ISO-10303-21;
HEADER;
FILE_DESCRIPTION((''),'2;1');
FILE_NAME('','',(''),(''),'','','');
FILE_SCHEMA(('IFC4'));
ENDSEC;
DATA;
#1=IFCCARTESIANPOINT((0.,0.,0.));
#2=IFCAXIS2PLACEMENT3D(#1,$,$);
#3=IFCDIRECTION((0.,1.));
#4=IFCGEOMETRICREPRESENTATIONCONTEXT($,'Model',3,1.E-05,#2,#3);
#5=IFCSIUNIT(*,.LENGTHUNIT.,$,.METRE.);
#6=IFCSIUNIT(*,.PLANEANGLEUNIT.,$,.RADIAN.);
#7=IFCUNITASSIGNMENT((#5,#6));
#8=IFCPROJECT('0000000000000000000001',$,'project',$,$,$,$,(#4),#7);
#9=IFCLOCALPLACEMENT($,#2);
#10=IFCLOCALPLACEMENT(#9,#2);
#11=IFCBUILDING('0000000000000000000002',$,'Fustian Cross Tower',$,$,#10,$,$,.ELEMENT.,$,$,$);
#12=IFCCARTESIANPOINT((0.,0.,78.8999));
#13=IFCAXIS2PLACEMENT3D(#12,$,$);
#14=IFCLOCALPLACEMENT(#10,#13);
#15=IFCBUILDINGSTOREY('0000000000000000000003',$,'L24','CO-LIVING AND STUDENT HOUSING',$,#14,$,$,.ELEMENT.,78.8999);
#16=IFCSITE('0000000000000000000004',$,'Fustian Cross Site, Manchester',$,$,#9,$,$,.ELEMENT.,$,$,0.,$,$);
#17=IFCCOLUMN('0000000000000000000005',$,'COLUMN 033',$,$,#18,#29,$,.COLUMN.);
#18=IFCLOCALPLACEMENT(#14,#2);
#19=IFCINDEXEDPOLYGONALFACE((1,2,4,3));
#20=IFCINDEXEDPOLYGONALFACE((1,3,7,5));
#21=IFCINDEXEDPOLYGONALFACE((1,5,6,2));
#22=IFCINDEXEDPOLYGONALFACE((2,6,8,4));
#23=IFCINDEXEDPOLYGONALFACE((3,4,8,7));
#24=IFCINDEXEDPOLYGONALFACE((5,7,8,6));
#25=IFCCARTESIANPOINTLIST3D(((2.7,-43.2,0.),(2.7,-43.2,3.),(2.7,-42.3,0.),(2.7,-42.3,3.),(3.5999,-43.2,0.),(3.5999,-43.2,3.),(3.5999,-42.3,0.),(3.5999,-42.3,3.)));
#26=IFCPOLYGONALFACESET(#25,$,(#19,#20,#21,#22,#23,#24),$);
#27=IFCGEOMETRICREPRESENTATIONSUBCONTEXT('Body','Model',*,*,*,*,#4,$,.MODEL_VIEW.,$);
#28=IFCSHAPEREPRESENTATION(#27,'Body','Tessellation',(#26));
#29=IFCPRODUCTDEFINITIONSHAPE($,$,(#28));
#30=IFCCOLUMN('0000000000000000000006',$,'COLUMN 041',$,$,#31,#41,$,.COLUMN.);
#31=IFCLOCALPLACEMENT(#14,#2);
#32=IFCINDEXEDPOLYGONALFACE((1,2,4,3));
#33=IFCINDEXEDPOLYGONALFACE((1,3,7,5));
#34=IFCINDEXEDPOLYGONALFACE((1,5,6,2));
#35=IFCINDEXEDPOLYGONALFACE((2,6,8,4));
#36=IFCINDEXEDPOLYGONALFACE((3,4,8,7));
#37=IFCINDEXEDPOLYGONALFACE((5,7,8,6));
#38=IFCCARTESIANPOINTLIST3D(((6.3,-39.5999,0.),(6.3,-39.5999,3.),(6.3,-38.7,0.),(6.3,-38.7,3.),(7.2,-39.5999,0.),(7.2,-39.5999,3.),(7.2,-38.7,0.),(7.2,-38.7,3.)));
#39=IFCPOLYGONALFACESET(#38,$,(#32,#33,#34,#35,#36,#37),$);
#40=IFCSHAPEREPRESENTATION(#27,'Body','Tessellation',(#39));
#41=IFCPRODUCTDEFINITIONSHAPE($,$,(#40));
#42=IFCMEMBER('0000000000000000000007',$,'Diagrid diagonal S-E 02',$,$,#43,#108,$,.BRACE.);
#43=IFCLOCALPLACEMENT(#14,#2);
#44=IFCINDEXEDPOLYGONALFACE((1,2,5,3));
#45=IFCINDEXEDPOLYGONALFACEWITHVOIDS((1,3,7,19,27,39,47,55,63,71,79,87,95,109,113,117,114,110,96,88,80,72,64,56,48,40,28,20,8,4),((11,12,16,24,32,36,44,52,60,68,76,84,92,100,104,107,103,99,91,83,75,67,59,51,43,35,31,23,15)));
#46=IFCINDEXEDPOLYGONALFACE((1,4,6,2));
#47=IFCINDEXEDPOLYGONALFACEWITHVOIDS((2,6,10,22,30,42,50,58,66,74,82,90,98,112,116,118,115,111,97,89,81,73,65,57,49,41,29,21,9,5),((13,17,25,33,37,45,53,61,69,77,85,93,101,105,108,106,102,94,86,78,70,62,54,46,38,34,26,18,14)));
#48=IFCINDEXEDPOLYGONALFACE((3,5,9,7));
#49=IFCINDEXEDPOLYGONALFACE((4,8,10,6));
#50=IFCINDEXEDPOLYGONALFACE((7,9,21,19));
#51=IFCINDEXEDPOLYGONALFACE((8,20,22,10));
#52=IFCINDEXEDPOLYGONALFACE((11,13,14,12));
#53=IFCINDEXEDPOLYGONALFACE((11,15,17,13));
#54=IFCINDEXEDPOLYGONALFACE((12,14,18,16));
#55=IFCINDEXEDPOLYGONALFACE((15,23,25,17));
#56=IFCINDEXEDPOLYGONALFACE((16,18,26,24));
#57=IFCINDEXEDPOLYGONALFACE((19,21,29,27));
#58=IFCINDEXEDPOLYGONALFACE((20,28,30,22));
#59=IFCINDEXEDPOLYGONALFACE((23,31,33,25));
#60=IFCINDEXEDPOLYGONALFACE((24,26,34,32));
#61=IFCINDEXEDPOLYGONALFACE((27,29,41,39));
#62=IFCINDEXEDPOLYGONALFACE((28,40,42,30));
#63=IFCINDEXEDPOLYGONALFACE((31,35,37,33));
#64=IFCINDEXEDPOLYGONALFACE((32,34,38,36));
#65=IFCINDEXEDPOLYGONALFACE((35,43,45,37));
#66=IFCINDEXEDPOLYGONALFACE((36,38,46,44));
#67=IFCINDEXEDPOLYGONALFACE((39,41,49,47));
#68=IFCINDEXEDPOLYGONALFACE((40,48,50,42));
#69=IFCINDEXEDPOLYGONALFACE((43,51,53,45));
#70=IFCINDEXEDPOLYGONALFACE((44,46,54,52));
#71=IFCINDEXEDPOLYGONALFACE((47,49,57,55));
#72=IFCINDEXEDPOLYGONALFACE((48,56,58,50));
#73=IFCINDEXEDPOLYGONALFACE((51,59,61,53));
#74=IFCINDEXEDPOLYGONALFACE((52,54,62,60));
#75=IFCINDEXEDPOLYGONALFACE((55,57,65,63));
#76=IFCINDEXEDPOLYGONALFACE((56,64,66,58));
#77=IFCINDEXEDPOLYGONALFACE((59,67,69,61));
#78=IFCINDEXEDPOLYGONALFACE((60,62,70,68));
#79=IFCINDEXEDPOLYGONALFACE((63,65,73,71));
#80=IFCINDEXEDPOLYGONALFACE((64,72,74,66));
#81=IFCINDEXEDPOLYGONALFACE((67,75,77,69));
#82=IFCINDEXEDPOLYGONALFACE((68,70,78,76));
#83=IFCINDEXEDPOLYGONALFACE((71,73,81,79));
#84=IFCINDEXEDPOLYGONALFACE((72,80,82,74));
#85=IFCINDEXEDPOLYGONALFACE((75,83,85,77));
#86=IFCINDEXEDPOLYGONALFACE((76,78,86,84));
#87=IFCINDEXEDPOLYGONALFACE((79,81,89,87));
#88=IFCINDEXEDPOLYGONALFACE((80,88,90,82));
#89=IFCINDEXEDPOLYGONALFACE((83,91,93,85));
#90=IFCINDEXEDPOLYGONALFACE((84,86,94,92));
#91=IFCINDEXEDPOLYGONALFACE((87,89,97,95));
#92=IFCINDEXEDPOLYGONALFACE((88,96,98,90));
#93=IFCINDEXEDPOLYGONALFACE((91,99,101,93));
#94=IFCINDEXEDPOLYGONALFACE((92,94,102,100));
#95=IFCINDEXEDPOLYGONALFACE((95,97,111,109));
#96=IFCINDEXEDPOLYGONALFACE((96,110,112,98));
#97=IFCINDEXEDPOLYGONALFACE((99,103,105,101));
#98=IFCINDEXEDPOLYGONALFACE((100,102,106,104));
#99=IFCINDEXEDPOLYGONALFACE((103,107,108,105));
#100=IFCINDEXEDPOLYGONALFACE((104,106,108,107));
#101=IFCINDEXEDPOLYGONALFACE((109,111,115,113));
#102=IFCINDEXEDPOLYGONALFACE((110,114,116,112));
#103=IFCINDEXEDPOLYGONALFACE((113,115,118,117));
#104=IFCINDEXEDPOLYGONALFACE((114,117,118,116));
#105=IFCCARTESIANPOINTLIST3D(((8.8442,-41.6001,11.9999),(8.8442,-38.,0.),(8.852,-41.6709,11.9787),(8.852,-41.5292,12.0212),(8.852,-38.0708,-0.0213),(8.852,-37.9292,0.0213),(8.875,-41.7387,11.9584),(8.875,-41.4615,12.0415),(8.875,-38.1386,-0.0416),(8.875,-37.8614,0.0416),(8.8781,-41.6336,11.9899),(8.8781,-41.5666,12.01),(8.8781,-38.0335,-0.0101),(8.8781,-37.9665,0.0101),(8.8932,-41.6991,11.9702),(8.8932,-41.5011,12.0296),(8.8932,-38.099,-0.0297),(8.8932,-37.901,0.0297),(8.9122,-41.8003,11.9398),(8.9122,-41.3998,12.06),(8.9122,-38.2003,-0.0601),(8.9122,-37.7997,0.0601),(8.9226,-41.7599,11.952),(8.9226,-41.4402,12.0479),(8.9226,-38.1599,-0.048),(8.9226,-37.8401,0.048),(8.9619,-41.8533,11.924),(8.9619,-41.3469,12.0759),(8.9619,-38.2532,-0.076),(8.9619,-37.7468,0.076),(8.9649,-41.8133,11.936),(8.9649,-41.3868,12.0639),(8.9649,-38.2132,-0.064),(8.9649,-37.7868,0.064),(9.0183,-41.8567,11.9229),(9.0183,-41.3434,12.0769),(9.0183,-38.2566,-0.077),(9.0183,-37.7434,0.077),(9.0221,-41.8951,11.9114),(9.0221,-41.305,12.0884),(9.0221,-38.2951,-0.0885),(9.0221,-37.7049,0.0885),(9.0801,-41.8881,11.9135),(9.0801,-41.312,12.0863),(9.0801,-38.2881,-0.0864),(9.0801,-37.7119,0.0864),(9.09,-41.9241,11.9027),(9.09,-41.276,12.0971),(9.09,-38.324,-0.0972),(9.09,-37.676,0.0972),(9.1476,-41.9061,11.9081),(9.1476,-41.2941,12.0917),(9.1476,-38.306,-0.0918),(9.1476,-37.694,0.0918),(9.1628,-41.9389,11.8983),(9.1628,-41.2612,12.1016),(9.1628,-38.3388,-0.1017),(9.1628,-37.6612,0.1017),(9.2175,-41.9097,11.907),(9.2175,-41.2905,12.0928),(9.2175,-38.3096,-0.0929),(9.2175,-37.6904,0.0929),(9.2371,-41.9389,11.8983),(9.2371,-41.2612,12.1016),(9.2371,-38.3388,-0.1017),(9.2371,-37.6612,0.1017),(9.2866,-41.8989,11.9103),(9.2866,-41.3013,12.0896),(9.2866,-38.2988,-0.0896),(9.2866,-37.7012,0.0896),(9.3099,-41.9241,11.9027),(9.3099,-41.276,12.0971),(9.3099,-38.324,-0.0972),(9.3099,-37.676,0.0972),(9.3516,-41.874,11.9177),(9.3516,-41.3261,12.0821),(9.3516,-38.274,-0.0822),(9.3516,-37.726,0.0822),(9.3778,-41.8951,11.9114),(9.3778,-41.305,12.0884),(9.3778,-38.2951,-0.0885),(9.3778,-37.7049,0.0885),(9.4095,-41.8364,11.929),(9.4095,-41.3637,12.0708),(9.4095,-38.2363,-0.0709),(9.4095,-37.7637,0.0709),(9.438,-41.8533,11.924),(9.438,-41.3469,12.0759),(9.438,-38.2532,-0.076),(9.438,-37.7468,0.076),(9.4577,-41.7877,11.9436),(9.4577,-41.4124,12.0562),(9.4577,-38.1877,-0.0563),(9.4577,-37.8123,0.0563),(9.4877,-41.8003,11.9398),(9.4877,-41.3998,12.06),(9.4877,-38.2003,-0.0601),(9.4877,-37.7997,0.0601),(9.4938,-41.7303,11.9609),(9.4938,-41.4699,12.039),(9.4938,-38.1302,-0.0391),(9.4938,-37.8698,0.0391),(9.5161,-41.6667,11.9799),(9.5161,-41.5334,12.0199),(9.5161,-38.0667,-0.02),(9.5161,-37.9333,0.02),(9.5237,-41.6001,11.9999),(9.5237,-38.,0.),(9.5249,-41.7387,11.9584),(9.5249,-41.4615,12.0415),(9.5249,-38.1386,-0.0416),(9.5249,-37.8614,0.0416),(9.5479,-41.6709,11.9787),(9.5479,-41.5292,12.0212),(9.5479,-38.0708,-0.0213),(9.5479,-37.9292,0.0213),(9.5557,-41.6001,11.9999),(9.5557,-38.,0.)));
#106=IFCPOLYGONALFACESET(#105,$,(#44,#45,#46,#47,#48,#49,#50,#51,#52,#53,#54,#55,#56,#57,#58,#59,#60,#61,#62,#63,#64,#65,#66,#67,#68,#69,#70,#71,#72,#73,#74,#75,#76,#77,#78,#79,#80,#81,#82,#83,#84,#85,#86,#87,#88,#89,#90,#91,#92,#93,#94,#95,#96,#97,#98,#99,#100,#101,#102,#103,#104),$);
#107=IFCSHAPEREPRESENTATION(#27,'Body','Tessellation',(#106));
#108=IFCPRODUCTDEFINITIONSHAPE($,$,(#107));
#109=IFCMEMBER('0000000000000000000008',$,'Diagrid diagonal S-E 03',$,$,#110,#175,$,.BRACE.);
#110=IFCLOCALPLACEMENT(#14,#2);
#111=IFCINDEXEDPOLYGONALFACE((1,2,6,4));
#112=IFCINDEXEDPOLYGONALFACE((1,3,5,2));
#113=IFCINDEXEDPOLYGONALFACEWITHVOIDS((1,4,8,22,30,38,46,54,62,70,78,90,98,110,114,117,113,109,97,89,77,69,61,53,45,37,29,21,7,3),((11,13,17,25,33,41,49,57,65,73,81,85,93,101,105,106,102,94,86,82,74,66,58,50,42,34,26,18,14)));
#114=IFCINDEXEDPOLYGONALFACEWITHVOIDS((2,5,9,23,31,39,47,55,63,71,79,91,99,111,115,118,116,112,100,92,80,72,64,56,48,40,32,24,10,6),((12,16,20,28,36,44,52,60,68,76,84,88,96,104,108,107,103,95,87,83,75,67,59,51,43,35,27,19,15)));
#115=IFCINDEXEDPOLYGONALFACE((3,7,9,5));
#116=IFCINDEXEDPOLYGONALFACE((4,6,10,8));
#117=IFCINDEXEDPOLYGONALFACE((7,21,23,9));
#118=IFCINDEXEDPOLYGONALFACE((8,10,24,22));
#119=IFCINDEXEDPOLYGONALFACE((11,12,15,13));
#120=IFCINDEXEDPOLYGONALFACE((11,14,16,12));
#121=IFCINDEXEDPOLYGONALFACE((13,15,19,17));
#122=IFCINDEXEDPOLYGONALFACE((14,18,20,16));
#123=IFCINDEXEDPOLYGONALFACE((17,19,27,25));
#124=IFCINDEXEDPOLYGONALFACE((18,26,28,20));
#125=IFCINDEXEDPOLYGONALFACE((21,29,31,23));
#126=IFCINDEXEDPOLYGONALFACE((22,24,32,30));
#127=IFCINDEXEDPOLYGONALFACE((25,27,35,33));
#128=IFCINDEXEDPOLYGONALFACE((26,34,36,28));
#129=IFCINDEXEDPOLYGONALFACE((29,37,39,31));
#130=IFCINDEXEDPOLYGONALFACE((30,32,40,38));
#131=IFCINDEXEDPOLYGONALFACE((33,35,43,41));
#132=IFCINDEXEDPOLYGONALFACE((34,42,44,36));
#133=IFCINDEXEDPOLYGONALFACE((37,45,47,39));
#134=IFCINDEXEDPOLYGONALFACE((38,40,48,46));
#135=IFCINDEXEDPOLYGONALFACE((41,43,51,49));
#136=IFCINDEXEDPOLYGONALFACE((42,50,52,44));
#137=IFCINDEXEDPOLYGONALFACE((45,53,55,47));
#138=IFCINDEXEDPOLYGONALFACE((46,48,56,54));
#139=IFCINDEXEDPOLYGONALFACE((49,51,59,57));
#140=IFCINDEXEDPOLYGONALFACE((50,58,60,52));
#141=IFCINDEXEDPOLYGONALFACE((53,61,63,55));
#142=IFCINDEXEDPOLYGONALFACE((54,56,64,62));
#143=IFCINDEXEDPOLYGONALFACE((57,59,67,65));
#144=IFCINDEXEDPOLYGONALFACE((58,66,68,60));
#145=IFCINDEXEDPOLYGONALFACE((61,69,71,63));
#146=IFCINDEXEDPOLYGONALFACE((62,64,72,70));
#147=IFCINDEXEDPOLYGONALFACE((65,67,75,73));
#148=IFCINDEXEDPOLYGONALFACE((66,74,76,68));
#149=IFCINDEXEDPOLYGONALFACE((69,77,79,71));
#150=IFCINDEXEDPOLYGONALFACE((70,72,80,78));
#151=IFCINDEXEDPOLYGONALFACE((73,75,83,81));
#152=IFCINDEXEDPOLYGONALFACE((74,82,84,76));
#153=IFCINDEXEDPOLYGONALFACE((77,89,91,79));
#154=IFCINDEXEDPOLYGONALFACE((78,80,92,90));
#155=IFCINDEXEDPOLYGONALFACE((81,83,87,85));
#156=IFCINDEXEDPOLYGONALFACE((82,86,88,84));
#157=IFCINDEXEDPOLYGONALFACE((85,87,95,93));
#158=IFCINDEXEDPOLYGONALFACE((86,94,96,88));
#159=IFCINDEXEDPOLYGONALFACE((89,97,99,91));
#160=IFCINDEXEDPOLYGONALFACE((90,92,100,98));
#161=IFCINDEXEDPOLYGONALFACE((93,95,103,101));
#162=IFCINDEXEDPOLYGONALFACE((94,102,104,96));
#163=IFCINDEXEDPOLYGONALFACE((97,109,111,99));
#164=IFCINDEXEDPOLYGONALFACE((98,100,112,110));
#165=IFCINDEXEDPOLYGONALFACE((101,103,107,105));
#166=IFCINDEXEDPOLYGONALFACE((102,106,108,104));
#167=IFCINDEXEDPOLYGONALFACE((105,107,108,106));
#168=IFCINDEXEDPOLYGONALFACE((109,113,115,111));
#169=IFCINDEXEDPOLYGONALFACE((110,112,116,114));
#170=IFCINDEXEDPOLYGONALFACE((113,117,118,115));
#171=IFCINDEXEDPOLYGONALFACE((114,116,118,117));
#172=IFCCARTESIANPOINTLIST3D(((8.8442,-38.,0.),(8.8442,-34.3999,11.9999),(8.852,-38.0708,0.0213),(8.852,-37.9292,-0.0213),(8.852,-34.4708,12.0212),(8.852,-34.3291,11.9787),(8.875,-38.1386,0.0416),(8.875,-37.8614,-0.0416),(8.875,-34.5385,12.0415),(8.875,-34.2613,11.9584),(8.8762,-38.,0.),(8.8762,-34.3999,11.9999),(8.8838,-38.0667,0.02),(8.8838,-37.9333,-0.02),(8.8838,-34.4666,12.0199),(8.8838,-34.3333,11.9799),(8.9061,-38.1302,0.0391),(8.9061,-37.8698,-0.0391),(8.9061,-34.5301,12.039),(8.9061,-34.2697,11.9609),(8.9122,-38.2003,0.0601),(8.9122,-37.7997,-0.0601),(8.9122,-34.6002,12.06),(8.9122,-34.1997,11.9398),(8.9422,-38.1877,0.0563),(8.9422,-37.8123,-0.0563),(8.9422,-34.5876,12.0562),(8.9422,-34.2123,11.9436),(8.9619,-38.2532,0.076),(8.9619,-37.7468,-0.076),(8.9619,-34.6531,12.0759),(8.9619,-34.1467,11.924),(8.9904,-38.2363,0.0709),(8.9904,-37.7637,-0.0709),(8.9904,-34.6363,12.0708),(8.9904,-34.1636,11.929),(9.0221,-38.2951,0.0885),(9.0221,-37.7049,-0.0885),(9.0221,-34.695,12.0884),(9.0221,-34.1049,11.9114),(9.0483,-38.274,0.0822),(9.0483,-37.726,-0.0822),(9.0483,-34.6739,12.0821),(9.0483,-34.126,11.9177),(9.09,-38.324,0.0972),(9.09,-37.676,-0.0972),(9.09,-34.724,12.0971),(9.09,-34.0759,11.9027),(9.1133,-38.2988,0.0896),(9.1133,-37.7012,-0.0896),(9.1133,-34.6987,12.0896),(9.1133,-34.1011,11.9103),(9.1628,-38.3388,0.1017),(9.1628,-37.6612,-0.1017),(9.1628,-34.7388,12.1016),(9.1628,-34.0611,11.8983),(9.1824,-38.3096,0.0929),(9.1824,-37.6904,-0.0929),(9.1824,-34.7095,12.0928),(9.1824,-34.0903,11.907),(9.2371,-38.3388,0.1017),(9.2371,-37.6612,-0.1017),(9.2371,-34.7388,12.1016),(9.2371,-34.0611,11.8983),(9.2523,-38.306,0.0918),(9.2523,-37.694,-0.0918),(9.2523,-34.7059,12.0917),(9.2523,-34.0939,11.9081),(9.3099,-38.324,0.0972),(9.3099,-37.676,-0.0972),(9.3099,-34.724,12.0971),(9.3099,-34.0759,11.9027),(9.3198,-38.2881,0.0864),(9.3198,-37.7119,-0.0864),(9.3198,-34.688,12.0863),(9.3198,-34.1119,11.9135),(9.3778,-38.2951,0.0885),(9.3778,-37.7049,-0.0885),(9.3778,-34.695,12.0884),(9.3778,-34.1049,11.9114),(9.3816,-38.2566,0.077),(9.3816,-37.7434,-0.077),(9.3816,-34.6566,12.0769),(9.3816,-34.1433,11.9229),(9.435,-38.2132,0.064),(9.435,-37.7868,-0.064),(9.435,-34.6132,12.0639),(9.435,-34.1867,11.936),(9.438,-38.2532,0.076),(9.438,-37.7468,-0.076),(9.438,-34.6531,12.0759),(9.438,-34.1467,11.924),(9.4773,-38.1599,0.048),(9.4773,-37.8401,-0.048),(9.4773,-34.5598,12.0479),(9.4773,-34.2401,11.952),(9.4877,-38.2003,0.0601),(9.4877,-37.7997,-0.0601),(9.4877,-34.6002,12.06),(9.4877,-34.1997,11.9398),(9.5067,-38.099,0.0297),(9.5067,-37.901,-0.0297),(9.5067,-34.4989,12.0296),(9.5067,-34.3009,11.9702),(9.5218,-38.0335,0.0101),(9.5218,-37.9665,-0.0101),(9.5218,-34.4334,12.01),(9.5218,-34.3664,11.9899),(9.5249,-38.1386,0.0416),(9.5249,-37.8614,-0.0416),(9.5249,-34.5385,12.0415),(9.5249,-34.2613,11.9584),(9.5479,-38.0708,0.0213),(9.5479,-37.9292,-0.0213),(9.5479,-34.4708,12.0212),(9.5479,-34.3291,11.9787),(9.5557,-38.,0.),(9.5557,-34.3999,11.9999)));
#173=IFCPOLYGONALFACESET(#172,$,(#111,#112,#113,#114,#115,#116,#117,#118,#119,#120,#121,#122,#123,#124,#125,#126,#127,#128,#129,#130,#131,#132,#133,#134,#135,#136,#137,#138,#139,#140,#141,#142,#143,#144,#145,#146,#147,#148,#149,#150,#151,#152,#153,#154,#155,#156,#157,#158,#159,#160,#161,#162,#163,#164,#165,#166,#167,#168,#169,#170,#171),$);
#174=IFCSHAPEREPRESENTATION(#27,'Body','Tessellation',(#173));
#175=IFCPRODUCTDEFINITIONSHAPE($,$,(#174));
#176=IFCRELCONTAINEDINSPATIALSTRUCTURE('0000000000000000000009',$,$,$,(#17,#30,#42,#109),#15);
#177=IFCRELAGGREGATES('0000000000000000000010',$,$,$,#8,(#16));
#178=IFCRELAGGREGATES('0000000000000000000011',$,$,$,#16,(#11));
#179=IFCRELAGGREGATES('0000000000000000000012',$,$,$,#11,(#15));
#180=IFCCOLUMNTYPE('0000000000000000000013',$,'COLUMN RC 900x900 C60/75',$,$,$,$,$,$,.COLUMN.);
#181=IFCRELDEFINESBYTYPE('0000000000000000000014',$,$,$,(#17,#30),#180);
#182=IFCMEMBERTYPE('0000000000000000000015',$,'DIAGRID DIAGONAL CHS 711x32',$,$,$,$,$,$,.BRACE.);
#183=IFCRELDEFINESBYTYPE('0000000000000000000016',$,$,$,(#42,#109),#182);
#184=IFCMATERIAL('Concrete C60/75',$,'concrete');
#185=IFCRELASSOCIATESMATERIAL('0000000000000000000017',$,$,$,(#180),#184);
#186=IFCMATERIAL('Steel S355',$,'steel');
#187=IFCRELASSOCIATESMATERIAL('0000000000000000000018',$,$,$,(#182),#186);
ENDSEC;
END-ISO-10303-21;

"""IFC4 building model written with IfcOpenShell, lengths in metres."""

from ifc_helpers import new_model, si_unit, direction, frame, origin, origin_2d, place, context, subcontext, project, spatial, rectangle, hollow_circle, extrude, material, material_profile, profile_set, type_object, element, save


model = new_model("IFC4")

# Units and contexts
model_context = context("Model", 3, precision=1e-05, world=origin(), true_north=direction((0.0, 1.0)))
body_context = subcontext(model_context, "Body", "Model", "MODEL_VIEW")
ifc_project = project(units=[si_unit("LENGTHUNIT", "METRE"), si_unit("PLANEANGLEUNIT", "RADIAN")], contexts=[model_context])

# Site, building, storey
site_placement = place(None, origin())
site = spatial("IfcSite", under=ifc_project, at=site_placement, Name="Fustian Cross Site, Manchester", CompositionType="ELEMENT", RefElevation=0.0)
building_placement = place(site_placement, origin())
building = spatial("IfcBuilding", under=site, at=building_placement, Name="Fustian Cross Tower", CompositionType="ELEMENT")
storey_placement = place(building_placement, frame((0.0, 0.0, 78.8999)))
storey = spatial("IfcBuildingStorey", under=building, at=storey_placement, Name="L24", Description="CO-LIVING AND STUDENT HOUSING", CompositionType="ELEMENT", Elevation=78.8999)

# Columns
ifc_material_1 = material(Name="Concrete C60/75", Category="concrete")
ifc_material_profile_1 = material_profile(ifc_material_1, rectangle(XDim=0.8999, YDim=0.8999, at=origin_2d()), Name="RC 900x900")
ifc_profile_set_1 = profile_set([ifc_material_profile_1], Name="Concrete C60/75")
column_type = type_object("IfcColumnType", Name="COLUMN RC 900x900 C60/75", PredefinedType="COLUMN", material=ifc_profile_set_1)
for number, where, z_axis, x_axis, name in (
    (1, (3.1499, -42.75, 0.0), (0.0, 0.0, 1.0), (1.0, 0.0, 0.0), "COLUMN 033"),
    (2, (6.75, -39.1499, 0.0), (0.0, 0.0, 1.0), (1.0, 0.0, 0.0), "COLUMN 041"),
):
    element("IfcColumn", number, at=place(storey_placement, frame(where, z_axis=z_axis, x_axis=x_axis)), inside=storey, type_object=column_type, Name=name, PredefinedType="COLUMN", context=body_context, shape_type="SweptSolid", body=[
        extrude(rectangle(XDim=0.8999, YDim=0.8999, at=origin_2d()), origin(), (0.0, 0.0, 1.0), 3.0),
    ])

# Members
ifc_material_2 = material(Name="Steel S355", Category="steel")
ifc_material_profile_2 = material_profile(ifc_material_2, hollow_circle(Radius=0.3557, WallThickness=0.032, at=origin_2d()), Name="CHS 711x32")
ifc_profile_set_2 = profile_set([ifc_material_profile_2], Name="Steel S355")
member_type_1 = type_object("IfcMemberType", Name="DIAGRID DIAGONAL CHS 711x32", PredefinedType="BRACE", material=ifc_profile_set_2)
for number, where, z_axis, x_axis, name in (
    (3, (9.2, -38.0, 0.0), (0.0, -0.287355, 0.957824), (1.0, 0.0, 0.0), "Diagrid diagonal S-E 02"),
    (4, (9.2, -38.0, 0.0), (0.0, 0.287355, 0.957824), (-1.0, 0.0, 0.0), "Diagrid diagonal S-E 03"),
):
    element("IfcMember", number, at=place(storey_placement, frame(where, z_axis=z_axis, x_axis=x_axis)), inside=storey, type_object=member_type_1, Name=name, PredefinedType="BRACE", context=body_context, shape_type="SweptSolid", body=[
        extrude(hollow_circle(Radius=0.3557, WallThickness=0.032, at=origin_2d()), origin(), (0.0, 0.0, 1.0), 12.5283),
    ])

save(model, "model.ifc")
